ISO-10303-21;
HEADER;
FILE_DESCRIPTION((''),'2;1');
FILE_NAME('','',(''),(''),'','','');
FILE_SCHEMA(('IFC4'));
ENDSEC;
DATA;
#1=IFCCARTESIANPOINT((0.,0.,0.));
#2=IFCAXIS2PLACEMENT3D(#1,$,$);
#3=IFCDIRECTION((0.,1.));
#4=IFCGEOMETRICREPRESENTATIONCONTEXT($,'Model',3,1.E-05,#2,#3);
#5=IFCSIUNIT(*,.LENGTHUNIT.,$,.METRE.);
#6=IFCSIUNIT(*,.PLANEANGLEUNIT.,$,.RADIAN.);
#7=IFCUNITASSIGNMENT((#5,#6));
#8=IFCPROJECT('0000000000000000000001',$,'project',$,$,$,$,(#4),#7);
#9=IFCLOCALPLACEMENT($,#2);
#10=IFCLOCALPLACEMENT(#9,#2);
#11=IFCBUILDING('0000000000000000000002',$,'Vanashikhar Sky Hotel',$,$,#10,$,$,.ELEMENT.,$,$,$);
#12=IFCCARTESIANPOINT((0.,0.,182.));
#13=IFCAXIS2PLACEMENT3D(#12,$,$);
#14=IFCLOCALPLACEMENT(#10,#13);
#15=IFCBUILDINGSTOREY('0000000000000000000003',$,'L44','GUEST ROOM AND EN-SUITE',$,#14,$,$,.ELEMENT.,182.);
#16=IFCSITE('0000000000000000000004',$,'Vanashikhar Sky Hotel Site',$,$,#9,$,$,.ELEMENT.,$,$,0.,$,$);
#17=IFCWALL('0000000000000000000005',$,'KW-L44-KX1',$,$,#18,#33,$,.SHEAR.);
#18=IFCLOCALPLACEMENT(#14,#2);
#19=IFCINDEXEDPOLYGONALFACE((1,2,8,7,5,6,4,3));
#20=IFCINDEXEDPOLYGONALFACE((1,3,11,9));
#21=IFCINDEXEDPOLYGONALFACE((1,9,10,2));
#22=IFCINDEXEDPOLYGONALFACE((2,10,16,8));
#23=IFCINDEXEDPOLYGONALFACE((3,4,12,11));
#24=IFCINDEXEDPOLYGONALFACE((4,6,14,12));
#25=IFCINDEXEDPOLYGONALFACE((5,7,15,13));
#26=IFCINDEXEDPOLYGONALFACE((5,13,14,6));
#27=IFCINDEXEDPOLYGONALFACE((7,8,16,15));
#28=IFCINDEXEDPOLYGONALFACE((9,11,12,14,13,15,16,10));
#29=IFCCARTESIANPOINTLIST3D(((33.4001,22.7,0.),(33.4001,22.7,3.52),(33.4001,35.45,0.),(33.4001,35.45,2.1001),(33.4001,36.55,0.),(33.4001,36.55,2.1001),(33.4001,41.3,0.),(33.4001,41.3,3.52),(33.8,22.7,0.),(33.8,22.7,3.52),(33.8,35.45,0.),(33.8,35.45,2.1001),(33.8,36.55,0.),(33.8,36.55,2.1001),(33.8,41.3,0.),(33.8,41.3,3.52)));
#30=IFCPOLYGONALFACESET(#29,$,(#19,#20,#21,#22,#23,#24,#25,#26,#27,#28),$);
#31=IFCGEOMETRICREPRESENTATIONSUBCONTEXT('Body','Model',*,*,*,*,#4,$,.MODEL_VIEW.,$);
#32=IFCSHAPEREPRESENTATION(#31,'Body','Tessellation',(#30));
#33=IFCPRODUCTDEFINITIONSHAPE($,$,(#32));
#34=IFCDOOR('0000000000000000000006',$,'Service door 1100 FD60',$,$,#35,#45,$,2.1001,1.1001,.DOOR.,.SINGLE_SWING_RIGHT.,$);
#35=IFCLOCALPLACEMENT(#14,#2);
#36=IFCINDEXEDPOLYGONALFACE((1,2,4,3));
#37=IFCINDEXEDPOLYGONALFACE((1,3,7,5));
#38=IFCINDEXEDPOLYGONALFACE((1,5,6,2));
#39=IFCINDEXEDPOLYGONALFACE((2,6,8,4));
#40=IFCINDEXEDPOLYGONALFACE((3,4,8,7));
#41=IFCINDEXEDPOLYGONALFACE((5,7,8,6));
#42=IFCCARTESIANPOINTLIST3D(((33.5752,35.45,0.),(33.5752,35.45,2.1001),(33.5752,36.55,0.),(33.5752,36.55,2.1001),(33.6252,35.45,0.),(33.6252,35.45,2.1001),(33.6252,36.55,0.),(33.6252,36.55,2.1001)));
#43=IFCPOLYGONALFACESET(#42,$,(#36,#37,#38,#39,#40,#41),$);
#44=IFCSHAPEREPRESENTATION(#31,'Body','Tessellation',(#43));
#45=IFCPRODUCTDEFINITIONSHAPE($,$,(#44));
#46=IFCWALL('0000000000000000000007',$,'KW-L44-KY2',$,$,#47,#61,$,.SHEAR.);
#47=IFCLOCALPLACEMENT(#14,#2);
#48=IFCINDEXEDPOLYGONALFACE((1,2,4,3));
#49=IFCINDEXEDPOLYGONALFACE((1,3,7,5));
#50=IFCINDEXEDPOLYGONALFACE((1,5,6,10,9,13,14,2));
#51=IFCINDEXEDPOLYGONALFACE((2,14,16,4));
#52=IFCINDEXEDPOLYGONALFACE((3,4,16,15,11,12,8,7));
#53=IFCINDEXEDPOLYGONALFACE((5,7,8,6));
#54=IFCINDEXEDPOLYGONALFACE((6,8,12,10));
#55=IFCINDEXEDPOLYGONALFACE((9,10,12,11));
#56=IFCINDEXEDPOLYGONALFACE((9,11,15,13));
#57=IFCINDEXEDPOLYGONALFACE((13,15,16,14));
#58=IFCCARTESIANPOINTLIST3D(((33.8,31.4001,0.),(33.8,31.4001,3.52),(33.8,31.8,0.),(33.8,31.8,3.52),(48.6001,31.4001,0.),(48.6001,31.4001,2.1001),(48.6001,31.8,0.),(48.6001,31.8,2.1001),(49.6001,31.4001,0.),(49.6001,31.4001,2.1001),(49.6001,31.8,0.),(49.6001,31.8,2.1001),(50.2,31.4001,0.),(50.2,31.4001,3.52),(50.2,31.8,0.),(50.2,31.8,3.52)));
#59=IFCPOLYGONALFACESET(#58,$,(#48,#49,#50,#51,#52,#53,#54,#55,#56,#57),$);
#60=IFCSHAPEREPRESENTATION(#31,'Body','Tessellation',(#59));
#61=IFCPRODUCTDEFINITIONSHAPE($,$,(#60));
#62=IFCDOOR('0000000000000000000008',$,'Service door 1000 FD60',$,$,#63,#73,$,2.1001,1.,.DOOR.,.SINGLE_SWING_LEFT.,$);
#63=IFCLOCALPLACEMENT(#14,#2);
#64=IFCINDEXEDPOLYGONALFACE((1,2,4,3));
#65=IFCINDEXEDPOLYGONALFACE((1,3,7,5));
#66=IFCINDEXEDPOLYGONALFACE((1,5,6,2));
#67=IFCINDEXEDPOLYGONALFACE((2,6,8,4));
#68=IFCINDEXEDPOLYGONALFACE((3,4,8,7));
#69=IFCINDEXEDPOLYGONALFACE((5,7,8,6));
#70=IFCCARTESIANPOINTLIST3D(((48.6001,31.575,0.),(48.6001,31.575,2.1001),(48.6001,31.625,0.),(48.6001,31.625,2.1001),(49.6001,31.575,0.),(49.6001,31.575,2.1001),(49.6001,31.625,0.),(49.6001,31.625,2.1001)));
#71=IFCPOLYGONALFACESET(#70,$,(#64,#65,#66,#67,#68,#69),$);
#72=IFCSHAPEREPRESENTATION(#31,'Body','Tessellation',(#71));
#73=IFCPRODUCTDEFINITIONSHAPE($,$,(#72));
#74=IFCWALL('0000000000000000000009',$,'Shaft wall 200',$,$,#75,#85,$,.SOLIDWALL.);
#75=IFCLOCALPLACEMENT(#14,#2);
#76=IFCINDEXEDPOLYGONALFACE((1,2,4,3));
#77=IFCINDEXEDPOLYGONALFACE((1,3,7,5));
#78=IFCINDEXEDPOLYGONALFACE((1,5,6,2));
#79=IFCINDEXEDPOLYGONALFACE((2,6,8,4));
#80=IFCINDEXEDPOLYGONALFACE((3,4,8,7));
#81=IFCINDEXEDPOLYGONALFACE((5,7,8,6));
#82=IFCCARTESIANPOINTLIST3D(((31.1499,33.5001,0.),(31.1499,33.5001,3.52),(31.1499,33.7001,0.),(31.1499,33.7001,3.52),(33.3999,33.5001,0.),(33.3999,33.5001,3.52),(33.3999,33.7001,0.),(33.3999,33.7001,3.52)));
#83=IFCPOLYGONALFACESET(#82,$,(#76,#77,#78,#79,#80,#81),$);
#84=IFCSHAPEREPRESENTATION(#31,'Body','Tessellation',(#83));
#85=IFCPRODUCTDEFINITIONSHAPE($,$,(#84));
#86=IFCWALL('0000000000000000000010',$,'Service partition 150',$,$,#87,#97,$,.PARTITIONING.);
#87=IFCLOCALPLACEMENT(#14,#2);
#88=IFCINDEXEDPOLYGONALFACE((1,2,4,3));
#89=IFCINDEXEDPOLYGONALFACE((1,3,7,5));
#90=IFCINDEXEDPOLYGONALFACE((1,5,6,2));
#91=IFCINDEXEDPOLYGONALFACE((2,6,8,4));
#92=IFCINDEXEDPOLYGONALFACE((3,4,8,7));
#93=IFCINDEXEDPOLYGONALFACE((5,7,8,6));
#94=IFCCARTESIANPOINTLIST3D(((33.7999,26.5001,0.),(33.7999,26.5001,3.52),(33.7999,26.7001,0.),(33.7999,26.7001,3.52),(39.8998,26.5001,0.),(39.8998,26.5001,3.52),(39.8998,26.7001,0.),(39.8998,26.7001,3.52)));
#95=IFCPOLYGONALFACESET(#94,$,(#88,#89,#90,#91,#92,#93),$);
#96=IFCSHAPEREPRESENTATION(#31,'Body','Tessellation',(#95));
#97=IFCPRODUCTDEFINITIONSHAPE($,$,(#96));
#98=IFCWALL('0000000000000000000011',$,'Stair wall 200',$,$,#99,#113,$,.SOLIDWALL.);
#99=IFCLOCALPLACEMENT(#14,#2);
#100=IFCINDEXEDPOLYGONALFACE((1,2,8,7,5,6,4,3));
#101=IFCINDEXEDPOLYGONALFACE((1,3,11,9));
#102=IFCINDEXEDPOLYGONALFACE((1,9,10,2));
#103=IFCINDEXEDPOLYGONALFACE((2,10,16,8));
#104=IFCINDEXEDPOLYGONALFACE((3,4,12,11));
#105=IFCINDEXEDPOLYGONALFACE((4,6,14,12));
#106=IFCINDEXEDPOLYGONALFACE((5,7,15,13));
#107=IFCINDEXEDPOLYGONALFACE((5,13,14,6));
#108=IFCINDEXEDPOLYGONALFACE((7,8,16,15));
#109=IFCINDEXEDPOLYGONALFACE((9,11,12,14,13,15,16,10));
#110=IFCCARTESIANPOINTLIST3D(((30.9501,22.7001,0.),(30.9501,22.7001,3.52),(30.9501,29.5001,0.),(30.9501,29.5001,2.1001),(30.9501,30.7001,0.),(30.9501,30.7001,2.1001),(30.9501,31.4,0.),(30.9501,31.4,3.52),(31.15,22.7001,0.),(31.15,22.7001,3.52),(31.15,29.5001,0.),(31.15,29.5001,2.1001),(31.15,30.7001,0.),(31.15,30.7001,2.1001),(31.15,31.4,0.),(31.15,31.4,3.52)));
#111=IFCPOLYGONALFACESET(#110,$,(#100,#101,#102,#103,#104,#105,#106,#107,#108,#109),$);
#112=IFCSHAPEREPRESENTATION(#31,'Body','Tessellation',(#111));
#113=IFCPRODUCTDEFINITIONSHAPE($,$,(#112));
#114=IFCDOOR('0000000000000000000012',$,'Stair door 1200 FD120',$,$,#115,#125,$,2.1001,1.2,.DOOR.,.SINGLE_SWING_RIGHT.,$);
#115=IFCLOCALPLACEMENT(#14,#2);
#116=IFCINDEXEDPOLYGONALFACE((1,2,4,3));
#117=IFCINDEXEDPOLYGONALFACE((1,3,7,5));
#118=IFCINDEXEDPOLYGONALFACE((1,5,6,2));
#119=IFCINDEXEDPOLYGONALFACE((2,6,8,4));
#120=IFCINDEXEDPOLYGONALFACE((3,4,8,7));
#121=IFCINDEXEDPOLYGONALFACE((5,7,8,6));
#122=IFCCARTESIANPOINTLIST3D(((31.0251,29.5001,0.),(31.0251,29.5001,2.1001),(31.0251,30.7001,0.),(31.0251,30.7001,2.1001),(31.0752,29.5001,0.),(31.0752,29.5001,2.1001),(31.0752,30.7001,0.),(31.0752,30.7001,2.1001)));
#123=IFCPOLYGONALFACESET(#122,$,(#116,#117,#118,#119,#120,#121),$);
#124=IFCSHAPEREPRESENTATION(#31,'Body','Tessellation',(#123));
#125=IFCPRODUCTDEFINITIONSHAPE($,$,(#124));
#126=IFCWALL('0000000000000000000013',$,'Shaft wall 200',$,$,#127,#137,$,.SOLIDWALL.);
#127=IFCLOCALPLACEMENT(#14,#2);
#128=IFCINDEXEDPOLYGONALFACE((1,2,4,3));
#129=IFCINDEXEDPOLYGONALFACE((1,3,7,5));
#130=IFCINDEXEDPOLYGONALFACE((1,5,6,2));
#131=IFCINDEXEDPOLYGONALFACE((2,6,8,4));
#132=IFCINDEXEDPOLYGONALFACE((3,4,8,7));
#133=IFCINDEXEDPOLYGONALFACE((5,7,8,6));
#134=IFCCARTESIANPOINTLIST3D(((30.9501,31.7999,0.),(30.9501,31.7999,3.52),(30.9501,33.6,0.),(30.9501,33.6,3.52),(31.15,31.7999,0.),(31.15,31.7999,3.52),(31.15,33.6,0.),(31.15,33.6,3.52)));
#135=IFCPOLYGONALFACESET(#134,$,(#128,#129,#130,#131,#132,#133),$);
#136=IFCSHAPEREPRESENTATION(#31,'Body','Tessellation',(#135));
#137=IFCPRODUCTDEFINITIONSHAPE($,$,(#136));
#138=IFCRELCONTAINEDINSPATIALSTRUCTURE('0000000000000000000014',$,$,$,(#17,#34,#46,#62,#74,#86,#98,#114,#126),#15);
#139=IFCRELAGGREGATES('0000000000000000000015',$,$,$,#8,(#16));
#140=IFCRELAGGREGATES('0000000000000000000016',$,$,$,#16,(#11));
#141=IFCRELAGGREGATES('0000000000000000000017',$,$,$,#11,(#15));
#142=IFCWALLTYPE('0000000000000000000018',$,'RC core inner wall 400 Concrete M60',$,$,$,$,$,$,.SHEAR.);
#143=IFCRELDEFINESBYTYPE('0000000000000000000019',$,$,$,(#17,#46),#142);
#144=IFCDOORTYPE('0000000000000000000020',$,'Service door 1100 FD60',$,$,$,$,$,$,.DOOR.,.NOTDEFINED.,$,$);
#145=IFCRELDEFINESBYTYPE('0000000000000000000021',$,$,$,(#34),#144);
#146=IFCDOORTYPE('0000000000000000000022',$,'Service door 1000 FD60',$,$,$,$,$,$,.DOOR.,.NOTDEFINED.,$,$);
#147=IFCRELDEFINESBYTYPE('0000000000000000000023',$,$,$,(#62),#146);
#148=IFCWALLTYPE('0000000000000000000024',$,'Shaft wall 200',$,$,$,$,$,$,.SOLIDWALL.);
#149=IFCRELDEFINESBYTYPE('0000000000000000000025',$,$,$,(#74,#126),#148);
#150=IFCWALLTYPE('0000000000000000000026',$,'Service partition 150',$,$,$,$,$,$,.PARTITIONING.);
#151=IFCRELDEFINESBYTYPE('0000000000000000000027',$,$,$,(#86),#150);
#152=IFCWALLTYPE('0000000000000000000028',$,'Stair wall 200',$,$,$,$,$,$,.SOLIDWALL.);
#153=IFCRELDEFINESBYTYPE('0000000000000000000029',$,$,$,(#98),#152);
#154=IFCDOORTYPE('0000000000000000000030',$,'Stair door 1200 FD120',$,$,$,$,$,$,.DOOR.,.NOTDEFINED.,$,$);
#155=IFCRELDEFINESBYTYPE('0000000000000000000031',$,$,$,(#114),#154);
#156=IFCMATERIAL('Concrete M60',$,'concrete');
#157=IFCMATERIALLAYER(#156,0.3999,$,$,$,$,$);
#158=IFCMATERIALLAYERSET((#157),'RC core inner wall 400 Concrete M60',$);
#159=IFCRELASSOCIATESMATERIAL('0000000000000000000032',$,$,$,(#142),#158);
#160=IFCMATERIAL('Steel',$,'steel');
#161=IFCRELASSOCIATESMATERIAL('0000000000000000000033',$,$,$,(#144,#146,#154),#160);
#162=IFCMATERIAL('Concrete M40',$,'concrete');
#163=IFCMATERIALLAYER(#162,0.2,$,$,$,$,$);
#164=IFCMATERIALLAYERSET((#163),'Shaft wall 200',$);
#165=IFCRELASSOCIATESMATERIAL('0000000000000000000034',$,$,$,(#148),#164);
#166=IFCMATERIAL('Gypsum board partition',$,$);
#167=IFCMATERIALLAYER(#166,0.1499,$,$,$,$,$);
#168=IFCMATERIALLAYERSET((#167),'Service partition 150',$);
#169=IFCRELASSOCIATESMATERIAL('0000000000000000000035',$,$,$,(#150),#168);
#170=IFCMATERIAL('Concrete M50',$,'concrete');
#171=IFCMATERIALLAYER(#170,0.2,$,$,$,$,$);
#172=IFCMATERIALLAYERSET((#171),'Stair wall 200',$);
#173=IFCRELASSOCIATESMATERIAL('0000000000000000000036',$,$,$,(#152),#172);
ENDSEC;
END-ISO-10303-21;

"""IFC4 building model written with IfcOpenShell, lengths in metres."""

from ifc_helpers import new_model, si_unit, direction, frame, frame_2d, origin, place, context, subcontext, project, spatial, rectangle, extrude, source, transform, mapped, material, layer, layer_set, type_object, element, fill, save


model = new_model("IFC4")

# Units and contexts
model_context = context("Model", 3, precision=1e-05, world=origin(), true_north=direction((0.0, 1.0)))
body_context = subcontext(model_context, "Body", "Model", "MODEL_VIEW")
ifc_project = project(units=[si_unit("LENGTHUNIT", "METRE"), si_unit("PLANEANGLEUNIT", "RADIAN")], contexts=[model_context])

# Site, building, storey
site_placement = place(None, origin())
site = spatial("IfcSite", under=ifc_project, at=site_placement, Name="Vanashikhar Sky Hotel Site", CompositionType="ELEMENT", RefElevation=0.0)
building_placement = place(site_placement, origin())
building = spatial("IfcBuilding", under=site, at=building_placement, Name="Vanashikhar Sky Hotel", CompositionType="ELEMENT")
storey_placement = place(building_placement, frame((0.0, 0.0, 182.0)))
storey = spatial("IfcBuildingStorey", under=building, at=storey_placement, Name="L44", Description="GUEST ROOM AND EN-SUITE", CompositionType="ELEMENT", Elevation=182.0)

# Walls, openings, doors
ifc_material_1 = material(Name="Concrete M60", Category="concrete")
ifc_layer_1 = layer(ifc_material_1, 0.3999)
ifc_layer_set_1 = layer_set([ifc_layer_1], Name="RC core inner wall 400 Concrete M60")
wall_type_1 = type_object("IfcWallType", Name="RC core inner wall 400 Concrete M60", PredefinedType="SHEAR", material=ifc_layer_set_1)
shared_shape_1 = source(origin(), body_context, "Body", "SweptSolid", [
    extrude(rectangle(XDim=18.6001, YDim=0.3999, at=frame_2d((9.3, 0.0))), origin(), (0.0, 0.0, 1.0), 3.52),
])
wall_1_placement = place(storey_placement, frame((33.6001, 22.7, 0.0), z_axis=(0.0, 0.0, 1.0), x_axis=(0.0, 1.0, 0.0)))
wall_1 = element("IfcWall", 1, at=wall_1_placement, inside=storey, type_object=wall_type_1, Name="KW-L44-KX1", PredefinedType="SHEAR", context=body_context, shape_type="MappedRepresentation", body=[
    mapped(shared_shape_1, transform((0.0, 0.0, 0.0), scale=1.0)),
])
shared_shape_2 = source(origin(), body_context, "Body", "SweptSolid", [
    extrude(rectangle(XDim=1.1001, YDim=2.1001, at=frame_2d((0.55, 1.05))), frame((0.0, 0.21, 0.0), z_axis=(0.0, -1.0, 0.0), x_axis=(1.0, 0.0, 0.0)), (0.0, 0.0, 1.0), 0.4199),
])
opening_1_placement = place(wall_1_placement, frame((12.75, 0.0, 0.0)))
opening_1 = element("IfcOpeningElement", 2, at=opening_1_placement, cuts=wall_1, PredefinedType="OPENING", context=body_context, shape_type="MappedRepresentation", body=[
    mapped(shared_shape_2, transform((0.0, 0.0, 0.0), scale=1.0)),
])
ifc_material_2 = material(Name="Steel", Category="steel")
door_type_1 = type_object("IfcDoorType", Name="Service door 1100 FD60", OperationType="NOTDEFINED", PredefinedType="DOOR", material=ifc_material_2)
shared_shape_3 = source(origin(), body_context, "Body", "SweptSolid", [
    extrude(rectangle(XDim=1.1001, YDim=2.1001, at=frame_2d((0.55, 1.05))), frame((0.0, 0.0249, 0.0), z_axis=(0.0, -1.0, 0.0), x_axis=(1.0, 0.0, 0.0)), (0.0, 0.0, 1.0), 0.05),
])
door_1_placement = place(opening_1_placement, origin())
door_1 = element("IfcDoor", 3, at=door_1_placement, inside=storey, type_object=door_type_1, Name="Service door 1100 FD60", OperationType="SINGLE_SWING_RIGHT", OverallHeight=2.1001, OverallWidth=1.1001, PredefinedType="DOOR", context=body_context, shape_type="MappedRepresentation", body=[
    mapped(shared_shape_3, transform((0.0, 0.0, 0.0), scale=1.0)),
])
fill(opening_1, door_1)
shared_shape_4 = source(origin(), body_context, "Body", "SweptSolid", [
    extrude(rectangle(XDim=16.3999, YDim=0.3999, at=frame_2d((8.2, 0.0))), origin(), (0.0, 0.0, 1.0), 3.52),
])
wall_2_placement = place(storey_placement, frame((33.8, 31.6001, 0.0), z_axis=(0.0, 0.0, 1.0), x_axis=(1.0, 0.0, 0.0)))
wall_2 = element("IfcWall", 4, at=wall_2_placement, inside=storey, type_object=wall_type_1, Name="KW-L44-KY2", PredefinedType="SHEAR", context=body_context, shape_type="MappedRepresentation", body=[
    mapped(shared_shape_4, transform((0.0, 0.0, 0.0), scale=1.0)),
])
shared_shape_5 = source(origin(), body_context, "Body", "SweptSolid", [
    extrude(rectangle(XDim=1.0, YDim=2.1001, at=frame_2d((0.5, 1.05))), frame((0.0, 0.21, 0.0), z_axis=(0.0, -1.0, 0.0), x_axis=(1.0, 0.0, 0.0)), (0.0, 0.0, 1.0), 0.4199),
])
opening_2_placement = place(wall_2_placement, frame((14.8, 0.0, 0.0)))
opening_2 = element("IfcOpeningElement", 5, at=opening_2_placement, cuts=wall_2, PredefinedType="OPENING", context=body_context, shape_type="MappedRepresentation", body=[
    mapped(shared_shape_5, transform((0.0, 0.0, 0.0), scale=1.0)),
])
door_type_2 = type_object("IfcDoorType", Name="Service door 1000 FD60", OperationType="NOTDEFINED", PredefinedType="DOOR", material=ifc_material_2)
shared_shape_6 = source(origin(), body_context, "Body", "SweptSolid", [
    extrude(rectangle(XDim=1.0, YDim=2.1001, at=frame_2d((0.5, 1.05))), frame((0.0, 0.0249, 0.0), z_axis=(0.0, -1.0, 0.0), x_axis=(1.0, 0.0, 0.0)), (0.0, 0.0, 1.0), 0.05),
])
door_2_placement = place(opening_2_placement, origin())
door_2 = element("IfcDoor", 6, at=door_2_placement, inside=storey, type_object=door_type_2, Name="Service door 1000 FD60", OperationType="SINGLE_SWING_LEFT", OverallHeight=2.1001, OverallWidth=1.0, PredefinedType="DOOR", context=body_context, shape_type="MappedRepresentation", body=[
    mapped(shared_shape_6, transform((0.0, 0.0, 0.0), scale=1.0)),
])
fill(opening_2, door_2)

# Walls
ifc_material_3 = material(Name="Concrete M40", Category="concrete")
ifc_layer_2 = layer(ifc_material_3, 0.2)
ifc_layer_set_2 = layer_set([ifc_layer_2], Name="Shaft wall 200")
wall_type_2 = type_object("IfcWallType", Name="Shaft wall 200", PredefinedType="SOLIDWALL", material=ifc_layer_set_2)
shared_shape_7 = source(origin(), body_context, "Body", "SweptSolid", [
    extrude(rectangle(XDim=2.25, YDim=0.2, at=frame_2d((1.125, 0.0))), origin(), (0.0, 0.0, 1.0), 3.52),
])
wall_3_placement = place(storey_placement, frame((31.1499, 33.6001, 0.0), z_axis=(0.0, 0.0, 1.0), x_axis=(1.0, 0.0, 0.0)))
element("IfcWall", 7, at=wall_3_placement, inside=storey, type_object=wall_type_2, Name="Shaft wall 200", PredefinedType="SOLIDWALL", context=body_context, shape_type="MappedRepresentation", body=[
    mapped(shared_shape_7, transform((0.0, 0.0, 0.0), scale=1.0)),
])
ifc_material_4 = material(Name="Gypsum board partition")
ifc_layer_3 = layer(ifc_material_4, 0.1499)
ifc_layer_set_3 = layer_set([ifc_layer_3], Name="Service partition 150")
wall_type_3 = type_object("IfcWallType", Name="Service partition 150", PredefinedType="PARTITIONING", material=ifc_layer_set_3)
shared_shape_8 = source(origin(), body_context, "Body", "SweptSolid", [
    extrude(rectangle(XDim=6.0999, YDim=0.2, at=frame_2d((3.0498, 0.0))), origin(), (0.0, 0.0, 1.0), 3.52),
])
wall_4_placement = place(storey_placement, frame((33.8, 26.6001, 0.0), z_axis=(0.0, 0.0, 1.0), x_axis=(1.0, 0.0, 0.0)))
element("IfcWall", 8, at=wall_4_placement, inside=storey, type_object=wall_type_3, Name="Service partition 150", PredefinedType="PARTITIONING", context=body_context, shape_type="MappedRepresentation", body=[
    mapped(shared_shape_8, transform((0.0, 0.0, 0.0), scale=1.0)),
])

# Wall, opening, door
ifc_material_5 = material(Name="Concrete M50", Category="concrete")
ifc_layer_4 = layer(ifc_material_5, 0.2)
ifc_layer_set_4 = layer_set([ifc_layer_4], Name="Stair wall 200")
wall_type_4 = type_object("IfcWallType", Name="Stair wall 200", PredefinedType="SOLIDWALL", material=ifc_layer_set_4)
shared_shape_9 = source(origin(), body_context, "Body", "SweptSolid", [
    extrude(rectangle(XDim=8.7, YDim=0.2, at=frame_2d((4.3501, 0.0))), origin(), (0.0, 0.0, 1.0), 3.52),
])
wall_5_placement = place(storey_placement, frame((31.05, 22.7, 0.0), z_axis=(0.0, 0.0, 1.0), x_axis=(0.0, 1.0, 0.0)))
wall_5 = element("IfcWall", 9, at=wall_5_placement, inside=storey, type_object=wall_type_4, Name="Stair wall 200", PredefinedType="SOLIDWALL", context=body_context, shape_type="MappedRepresentation", body=[
    mapped(shared_shape_9, transform((0.0, 0.0, 0.0), scale=1.0)),
])
shared_shape_10 = source(origin(), body_context, "Body", "SweptSolid", [
    extrude(rectangle(XDim=1.2, YDim=2.1001, at=frame_2d((0.6001, 1.05))), frame((0.0, 0.1099, 0.0), z_axis=(0.0, -1.0, 0.0), x_axis=(1.0, 0.0, 0.0)), (0.0, 0.0, 1.0), 0.22),
])
opening_3_placement = place(wall_5_placement, frame((6.8, 0.0, 0.0)))
opening_3 = element("IfcOpeningElement", 10, at=opening_3_placement, cuts=wall_5, PredefinedType="OPENING", context=body_context, shape_type="MappedRepresentation", body=[
    mapped(shared_shape_10, transform((0.0, 0.0, 0.0), scale=1.0)),
])
door_type_3 = type_object("IfcDoorType", Name="Stair door 1200 FD120", OperationType="NOTDEFINED", PredefinedType="DOOR", material=ifc_material_2)
shared_shape_11 = source(origin(), body_context, "Body", "SweptSolid", [
    extrude(rectangle(XDim=1.2, YDim=2.1001, at=frame_2d((0.6001, 1.05))), frame((0.0, 0.0249, 0.0), z_axis=(0.0, -1.0, 0.0), x_axis=(1.0, 0.0, 0.0)), (0.0, 0.0, 1.0), 0.05),
])
door_3_placement = place(opening_3_placement, origin())
door_3 = element("IfcDoor", 11, at=door_3_placement, inside=storey, type_object=door_type_3, Name="Stair door 1200 FD120", OperationType="SINGLE_SWING_RIGHT", OverallHeight=2.1001, OverallWidth=1.2, PredefinedType="DOOR", context=body_context, shape_type="MappedRepresentation", body=[
    mapped(shared_shape_11, transform((0.0, 0.0, 0.0), scale=1.0)),
])
fill(opening_3, door_3)

# Wall
shared_shape_12 = source(origin(), body_context, "Body", "SweptSolid", [
    extrude(rectangle(XDim=1.8, YDim=0.2, at=frame_2d((0.8999, 0.0))), origin(), (0.0, 0.0, 1.0), 3.52),
])
wall_6_placement = place(storey_placement, frame((31.05, 31.8, 0.0), z_axis=(0.0, 0.0, 1.0), x_axis=(0.0, 1.0, 0.0)))
element("IfcWall", 12, at=wall_6_placement, inside=storey, type_object=wall_type_2, Name="Shaft wall 200", PredefinedType="SOLIDWALL", context=body_context, shape_type="MappedRepresentation", body=[
    mapped(shared_shape_12, transform((0.0, 0.0, 0.0), scale=1.0)),
])

save(model, "model.ifc")
